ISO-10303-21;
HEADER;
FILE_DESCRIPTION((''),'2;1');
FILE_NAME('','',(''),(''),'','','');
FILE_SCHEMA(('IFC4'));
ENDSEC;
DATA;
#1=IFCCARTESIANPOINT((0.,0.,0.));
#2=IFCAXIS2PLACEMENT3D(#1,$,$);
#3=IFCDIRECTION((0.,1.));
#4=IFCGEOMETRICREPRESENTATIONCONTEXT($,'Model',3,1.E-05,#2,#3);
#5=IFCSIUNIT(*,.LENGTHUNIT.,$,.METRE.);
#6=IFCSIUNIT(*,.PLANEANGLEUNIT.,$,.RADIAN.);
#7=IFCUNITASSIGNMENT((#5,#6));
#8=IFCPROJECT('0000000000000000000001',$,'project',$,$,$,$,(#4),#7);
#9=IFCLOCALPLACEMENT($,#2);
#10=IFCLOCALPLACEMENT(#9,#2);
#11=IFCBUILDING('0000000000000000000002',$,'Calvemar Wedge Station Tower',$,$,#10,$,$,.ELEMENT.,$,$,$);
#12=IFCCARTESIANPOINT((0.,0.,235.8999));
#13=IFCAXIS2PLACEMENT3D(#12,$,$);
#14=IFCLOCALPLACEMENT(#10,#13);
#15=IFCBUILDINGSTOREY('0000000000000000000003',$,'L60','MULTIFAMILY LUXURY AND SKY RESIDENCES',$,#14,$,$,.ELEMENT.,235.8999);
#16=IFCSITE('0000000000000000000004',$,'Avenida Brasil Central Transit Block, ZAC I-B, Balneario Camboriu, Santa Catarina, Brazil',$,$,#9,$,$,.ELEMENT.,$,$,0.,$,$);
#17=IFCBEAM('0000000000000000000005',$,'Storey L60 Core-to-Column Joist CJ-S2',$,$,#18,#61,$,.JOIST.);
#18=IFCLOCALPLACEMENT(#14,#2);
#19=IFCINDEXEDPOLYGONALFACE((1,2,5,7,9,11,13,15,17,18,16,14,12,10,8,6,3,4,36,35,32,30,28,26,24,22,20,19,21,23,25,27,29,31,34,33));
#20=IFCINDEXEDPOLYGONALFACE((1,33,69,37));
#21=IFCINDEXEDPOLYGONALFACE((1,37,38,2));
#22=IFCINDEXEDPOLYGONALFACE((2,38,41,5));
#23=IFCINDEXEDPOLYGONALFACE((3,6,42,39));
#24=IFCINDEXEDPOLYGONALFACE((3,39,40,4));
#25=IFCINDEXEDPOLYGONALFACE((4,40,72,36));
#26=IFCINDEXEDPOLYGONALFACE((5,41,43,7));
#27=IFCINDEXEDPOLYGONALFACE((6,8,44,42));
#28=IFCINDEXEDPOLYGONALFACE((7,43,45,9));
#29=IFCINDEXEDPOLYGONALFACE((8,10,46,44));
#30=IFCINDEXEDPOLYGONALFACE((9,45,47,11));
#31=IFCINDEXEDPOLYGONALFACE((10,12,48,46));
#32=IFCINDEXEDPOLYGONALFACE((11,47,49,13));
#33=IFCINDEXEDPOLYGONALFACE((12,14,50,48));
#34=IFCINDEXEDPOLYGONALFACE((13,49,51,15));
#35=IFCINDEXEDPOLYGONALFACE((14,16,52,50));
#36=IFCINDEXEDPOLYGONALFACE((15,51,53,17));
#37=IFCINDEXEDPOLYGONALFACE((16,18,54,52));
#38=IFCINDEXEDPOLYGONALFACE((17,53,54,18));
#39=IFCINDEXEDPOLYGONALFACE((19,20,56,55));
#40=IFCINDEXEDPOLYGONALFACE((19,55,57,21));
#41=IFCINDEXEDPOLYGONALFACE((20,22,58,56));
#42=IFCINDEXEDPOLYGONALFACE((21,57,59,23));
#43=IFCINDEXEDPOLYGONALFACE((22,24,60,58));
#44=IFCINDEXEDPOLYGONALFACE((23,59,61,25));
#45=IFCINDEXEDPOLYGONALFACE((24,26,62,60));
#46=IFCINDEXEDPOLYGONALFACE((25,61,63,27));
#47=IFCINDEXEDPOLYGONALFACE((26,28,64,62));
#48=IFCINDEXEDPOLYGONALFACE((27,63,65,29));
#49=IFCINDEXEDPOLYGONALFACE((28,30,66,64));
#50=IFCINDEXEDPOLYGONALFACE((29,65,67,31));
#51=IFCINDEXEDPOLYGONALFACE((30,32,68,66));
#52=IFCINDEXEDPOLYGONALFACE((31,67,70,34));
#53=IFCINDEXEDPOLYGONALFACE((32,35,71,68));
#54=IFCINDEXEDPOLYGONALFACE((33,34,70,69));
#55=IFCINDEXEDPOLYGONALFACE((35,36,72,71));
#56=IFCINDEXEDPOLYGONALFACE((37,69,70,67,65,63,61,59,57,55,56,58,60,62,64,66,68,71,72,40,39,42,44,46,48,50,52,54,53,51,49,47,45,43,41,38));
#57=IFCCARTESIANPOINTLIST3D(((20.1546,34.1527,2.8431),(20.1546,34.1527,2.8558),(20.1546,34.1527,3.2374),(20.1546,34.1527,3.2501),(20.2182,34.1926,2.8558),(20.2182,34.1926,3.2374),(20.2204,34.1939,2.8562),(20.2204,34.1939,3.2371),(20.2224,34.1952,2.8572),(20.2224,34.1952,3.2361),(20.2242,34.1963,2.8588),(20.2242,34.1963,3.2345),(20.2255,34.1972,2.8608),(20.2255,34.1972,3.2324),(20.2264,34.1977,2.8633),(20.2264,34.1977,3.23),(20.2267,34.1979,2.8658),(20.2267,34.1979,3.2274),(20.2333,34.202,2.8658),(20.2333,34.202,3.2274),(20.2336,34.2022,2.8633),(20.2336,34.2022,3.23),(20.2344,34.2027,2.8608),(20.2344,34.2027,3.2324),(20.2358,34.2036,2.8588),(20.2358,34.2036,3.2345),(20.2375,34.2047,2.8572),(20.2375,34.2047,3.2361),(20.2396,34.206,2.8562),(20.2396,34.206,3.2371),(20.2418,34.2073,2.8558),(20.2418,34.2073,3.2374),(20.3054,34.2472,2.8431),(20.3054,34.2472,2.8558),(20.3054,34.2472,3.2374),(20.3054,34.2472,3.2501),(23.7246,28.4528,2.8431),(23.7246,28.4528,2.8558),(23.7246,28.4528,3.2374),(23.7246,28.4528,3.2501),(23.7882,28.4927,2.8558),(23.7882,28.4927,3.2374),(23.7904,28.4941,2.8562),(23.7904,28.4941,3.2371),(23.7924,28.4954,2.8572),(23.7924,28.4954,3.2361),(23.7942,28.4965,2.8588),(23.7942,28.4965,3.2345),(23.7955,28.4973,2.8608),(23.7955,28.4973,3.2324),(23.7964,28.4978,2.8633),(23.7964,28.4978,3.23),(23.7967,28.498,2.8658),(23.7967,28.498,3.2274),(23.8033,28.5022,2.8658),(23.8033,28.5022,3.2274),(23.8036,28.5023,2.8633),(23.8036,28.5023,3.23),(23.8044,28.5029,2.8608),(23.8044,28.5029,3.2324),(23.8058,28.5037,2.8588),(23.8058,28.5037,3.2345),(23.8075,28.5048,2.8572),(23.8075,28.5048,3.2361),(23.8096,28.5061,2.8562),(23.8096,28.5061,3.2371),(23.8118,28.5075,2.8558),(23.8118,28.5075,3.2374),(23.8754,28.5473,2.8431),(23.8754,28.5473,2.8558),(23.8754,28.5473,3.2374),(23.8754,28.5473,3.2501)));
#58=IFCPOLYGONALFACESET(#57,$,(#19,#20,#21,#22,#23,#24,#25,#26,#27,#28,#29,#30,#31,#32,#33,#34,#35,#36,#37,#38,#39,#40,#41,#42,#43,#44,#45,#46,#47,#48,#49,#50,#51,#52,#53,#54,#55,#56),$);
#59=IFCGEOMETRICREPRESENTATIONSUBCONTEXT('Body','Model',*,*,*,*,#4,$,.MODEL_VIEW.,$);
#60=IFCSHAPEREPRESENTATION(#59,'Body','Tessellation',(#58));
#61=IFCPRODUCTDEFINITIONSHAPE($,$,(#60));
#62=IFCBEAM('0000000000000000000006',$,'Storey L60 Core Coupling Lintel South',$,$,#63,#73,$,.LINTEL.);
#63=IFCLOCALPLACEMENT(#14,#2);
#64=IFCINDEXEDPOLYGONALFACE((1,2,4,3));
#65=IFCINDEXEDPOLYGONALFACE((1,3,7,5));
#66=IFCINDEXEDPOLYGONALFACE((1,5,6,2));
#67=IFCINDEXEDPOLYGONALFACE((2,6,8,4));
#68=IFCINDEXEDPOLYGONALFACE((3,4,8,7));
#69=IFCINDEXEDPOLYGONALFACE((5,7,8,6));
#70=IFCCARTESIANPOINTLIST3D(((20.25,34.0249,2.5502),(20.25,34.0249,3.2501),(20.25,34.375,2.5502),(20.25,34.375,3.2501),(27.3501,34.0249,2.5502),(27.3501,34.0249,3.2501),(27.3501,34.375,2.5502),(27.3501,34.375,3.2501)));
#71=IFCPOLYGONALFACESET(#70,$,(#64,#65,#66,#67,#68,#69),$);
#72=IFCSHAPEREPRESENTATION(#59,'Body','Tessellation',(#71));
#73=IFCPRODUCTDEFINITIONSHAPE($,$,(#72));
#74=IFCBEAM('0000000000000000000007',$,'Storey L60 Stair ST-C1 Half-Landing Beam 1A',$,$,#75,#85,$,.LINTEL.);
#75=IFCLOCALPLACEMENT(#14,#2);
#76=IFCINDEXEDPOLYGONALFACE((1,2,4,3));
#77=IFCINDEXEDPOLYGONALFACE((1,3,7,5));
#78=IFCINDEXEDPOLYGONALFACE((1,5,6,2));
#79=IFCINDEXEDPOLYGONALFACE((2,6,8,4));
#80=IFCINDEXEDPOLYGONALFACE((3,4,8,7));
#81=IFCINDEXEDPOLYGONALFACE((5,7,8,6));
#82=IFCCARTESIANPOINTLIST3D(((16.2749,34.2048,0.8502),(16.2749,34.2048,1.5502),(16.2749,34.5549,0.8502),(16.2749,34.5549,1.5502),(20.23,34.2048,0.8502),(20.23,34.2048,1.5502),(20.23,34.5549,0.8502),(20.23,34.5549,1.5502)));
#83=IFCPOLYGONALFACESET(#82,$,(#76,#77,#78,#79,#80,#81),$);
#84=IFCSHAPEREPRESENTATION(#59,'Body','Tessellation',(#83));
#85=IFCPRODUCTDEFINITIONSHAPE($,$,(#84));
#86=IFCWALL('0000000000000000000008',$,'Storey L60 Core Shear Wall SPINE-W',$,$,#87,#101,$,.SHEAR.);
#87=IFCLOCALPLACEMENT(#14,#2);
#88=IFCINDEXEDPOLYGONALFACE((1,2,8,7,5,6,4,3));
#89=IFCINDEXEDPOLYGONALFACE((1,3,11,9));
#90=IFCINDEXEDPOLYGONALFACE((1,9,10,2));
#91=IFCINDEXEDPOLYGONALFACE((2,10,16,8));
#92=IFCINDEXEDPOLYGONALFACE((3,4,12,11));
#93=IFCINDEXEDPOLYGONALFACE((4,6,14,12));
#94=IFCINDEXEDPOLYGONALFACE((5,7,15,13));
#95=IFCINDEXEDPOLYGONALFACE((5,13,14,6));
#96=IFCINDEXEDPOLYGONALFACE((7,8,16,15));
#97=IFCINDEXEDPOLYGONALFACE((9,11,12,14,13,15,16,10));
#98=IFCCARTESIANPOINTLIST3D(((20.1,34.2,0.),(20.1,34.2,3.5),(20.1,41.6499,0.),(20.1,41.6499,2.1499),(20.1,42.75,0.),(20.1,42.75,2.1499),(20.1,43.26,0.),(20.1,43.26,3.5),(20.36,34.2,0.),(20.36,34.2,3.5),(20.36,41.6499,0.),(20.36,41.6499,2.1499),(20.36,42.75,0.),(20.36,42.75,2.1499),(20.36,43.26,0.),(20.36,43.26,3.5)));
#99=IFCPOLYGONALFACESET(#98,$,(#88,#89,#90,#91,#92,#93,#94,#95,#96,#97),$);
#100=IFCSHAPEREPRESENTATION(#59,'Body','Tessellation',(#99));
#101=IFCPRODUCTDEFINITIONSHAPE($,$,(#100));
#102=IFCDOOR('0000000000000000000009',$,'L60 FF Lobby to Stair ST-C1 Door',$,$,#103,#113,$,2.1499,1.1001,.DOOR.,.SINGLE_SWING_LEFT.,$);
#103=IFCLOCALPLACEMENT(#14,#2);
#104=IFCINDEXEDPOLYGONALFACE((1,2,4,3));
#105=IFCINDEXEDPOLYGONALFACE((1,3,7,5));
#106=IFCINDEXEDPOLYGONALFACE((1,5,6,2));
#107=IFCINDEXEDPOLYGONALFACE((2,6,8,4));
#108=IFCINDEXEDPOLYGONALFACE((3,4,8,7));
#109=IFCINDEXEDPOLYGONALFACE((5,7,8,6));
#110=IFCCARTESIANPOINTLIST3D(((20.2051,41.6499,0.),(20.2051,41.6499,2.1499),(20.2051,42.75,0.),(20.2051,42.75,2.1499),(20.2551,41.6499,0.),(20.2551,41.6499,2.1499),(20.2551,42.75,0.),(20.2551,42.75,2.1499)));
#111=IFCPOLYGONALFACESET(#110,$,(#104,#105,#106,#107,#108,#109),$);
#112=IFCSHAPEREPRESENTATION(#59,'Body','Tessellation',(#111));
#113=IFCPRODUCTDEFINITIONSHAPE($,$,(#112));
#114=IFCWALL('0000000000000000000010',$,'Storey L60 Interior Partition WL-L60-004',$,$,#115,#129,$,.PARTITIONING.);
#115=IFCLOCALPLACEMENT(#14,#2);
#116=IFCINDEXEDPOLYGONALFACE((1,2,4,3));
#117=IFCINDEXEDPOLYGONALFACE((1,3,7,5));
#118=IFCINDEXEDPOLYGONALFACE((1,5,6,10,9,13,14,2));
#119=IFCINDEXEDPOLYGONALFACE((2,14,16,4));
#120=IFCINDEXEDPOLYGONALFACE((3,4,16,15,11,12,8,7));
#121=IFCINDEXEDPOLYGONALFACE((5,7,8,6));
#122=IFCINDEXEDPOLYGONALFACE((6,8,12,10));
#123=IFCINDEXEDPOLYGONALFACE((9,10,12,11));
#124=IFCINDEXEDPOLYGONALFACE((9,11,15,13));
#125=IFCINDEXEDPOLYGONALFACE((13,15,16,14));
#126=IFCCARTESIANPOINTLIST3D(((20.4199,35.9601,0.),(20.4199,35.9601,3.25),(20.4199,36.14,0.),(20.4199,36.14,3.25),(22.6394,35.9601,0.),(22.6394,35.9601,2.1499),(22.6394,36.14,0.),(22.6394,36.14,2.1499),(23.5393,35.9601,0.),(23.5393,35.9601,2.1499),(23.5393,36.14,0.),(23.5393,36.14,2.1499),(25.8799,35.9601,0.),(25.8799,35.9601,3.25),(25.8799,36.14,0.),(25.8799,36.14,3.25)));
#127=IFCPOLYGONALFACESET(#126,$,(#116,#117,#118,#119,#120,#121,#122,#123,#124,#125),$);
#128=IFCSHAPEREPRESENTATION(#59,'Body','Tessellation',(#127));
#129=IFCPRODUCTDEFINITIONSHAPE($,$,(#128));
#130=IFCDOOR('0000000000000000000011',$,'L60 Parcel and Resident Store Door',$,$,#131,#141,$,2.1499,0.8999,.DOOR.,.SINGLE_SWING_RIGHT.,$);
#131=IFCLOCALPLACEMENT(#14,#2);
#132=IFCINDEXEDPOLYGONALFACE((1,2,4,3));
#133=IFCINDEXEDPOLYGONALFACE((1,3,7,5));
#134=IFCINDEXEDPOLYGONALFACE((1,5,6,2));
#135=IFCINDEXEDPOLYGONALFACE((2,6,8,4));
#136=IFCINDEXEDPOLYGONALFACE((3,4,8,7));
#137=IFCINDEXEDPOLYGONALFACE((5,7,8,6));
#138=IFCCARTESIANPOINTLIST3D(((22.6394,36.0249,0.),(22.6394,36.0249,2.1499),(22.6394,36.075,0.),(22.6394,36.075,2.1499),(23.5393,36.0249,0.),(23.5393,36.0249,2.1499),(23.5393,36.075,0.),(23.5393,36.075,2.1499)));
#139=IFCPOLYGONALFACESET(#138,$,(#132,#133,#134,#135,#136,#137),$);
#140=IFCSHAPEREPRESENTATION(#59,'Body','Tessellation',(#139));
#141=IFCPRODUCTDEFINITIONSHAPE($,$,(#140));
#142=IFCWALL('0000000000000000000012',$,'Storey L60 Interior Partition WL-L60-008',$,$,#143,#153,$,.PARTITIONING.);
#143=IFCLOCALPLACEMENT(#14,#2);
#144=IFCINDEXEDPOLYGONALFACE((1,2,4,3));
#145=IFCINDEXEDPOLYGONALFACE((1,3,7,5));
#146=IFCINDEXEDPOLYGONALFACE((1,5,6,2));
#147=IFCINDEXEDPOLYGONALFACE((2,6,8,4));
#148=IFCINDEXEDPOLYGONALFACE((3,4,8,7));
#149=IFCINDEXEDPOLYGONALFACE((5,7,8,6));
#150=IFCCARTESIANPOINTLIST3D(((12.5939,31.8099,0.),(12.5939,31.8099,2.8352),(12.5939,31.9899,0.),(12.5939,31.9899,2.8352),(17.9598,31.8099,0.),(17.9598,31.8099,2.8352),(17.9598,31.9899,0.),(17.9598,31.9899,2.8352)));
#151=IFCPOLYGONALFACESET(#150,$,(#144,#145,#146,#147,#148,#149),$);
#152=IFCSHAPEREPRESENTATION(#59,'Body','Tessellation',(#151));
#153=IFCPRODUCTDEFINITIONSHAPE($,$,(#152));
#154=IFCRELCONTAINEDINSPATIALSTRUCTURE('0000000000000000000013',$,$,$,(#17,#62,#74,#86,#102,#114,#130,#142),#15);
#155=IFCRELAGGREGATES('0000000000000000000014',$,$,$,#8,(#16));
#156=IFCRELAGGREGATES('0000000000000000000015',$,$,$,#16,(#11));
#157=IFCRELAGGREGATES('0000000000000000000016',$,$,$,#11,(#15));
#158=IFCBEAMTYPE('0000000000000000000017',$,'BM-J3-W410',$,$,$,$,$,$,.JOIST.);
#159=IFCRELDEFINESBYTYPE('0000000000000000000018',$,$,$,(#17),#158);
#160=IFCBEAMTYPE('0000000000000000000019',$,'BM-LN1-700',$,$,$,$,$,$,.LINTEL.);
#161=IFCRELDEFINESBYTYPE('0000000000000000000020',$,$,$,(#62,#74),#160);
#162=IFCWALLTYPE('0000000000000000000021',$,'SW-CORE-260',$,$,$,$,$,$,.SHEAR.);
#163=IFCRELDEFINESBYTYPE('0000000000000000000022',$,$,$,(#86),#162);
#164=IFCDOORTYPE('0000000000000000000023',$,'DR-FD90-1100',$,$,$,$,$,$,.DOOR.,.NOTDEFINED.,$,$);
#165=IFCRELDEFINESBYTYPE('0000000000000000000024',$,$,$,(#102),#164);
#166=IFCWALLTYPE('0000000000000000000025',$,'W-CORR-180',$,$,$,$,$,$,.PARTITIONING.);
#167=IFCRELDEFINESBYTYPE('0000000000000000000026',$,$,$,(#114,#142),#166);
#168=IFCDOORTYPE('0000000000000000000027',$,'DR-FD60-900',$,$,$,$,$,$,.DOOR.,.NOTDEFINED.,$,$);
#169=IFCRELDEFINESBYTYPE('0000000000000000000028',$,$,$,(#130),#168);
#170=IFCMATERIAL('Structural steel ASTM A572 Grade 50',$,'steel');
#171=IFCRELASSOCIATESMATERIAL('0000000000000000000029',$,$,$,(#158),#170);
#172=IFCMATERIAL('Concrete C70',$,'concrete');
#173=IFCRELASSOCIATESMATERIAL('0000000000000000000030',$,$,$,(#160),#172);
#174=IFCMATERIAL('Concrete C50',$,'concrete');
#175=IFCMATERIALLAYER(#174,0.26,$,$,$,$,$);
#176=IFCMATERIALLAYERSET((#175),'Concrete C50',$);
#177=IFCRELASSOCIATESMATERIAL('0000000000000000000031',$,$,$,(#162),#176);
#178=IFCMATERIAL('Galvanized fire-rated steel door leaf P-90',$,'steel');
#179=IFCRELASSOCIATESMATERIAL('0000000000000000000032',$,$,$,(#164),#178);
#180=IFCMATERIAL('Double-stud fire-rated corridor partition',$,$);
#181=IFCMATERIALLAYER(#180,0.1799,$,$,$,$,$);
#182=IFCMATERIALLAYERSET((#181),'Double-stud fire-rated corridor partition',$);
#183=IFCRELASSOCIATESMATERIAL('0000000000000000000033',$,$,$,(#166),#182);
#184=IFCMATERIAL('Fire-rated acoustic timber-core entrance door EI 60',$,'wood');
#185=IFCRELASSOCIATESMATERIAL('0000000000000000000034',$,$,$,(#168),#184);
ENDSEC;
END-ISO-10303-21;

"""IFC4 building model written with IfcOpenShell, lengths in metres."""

from ifc_helpers import new_model, si_unit, direction, frame, frame_2d, origin, origin_2d, place, context, subcontext, project, spatial, rectangle, i_section, extrude, source, transform, mapped, material, layer, layer_set, material_profile, profile_set, type_object, element, fill, save


model = new_model("IFC4")

# Units and contexts
model_context = context("Model", 3, precision=1e-05, world=origin(), true_north=direction((0.0, 1.0)))
body_context = subcontext(model_context, "Body", "Model", "MODEL_VIEW")
ifc_project = project(units=[si_unit("LENGTHUNIT", "METRE"), si_unit("PLANEANGLEUNIT", "RADIAN")], contexts=[model_context])

# Site, building, storey
site_placement = place(None, origin())
site = spatial("IfcSite", under=ifc_project, at=site_placement, Name="Avenida Brasil Central Transit Block, ZAC I-B, Balneario Camboriu, Santa Catarina, Brazil", CompositionType="ELEMENT", RefElevation=0.0)
building_placement = place(site_placement, origin())
building = spatial("IfcBuilding", under=site, at=building_placement, Name="Calvemar Wedge Station Tower", CompositionType="ELEMENT")
storey_placement = place(building_placement, frame((0.0, 0.0, 235.8999)))
storey = spatial("IfcBuildingStorey", under=building, at=storey_placement, Name="L60", Description="MULTIFAMILY LUXURY AND SKY RESIDENCES", CompositionType="ELEMENT", Elevation=235.8999)

# Beams
ifc_material_1 = material(Name="Structural steel ASTM A572 Grade 50", Category="steel")
ifc_material_profile_1 = material_profile(ifc_material_1, i_section(OverallWidth=0.178, OverallDepth=0.407, WebThickness=0.0078, FlangeThickness=0.0127, FilletRadius=0.01, at=origin_2d()), Name="W410x60")
ifc_profile_set_1 = profile_set([ifc_material_profile_1], Name="Structural steel ASTM A572 Grade 50")
beam_type_1 = type_object("IfcBeamType", Name="BM-J3-W410", PredefinedType="JOIST", material=ifc_profile_set_1)
shared_shape_1 = source(origin(), body_context, "Body", "SweptSolid", [
    extrude(i_section(OverallWidth=0.178, OverallDepth=0.407, WebThickness=0.0078, FlangeThickness=0.0127, FilletRadius=0.01, at=origin_2d()), origin(), (0.0, 0.0, 1.0), 6.7256),
])
beam_1_placement = place(storey_placement, frame((20.23, 34.2, 3.0466), z_axis=(0.530811, -0.84749, 0.0), x_axis=(0.84749, 0.530811, 0.0)))
element("IfcBeam", 1, at=beam_1_placement, inside=storey, type_object=beam_type_1, Name="Storey L60 Core-to-Column Joist CJ-S2", PredefinedType="JOIST", context=body_context, shape_type="MappedRepresentation", body=[
    mapped(shared_shape_1, transform((0.0, 0.0, 0.0), scale=1.0)),
])
ifc_material_2 = material(Name="Concrete C70", Category="concrete")
ifc_material_profile_2 = material_profile(ifc_material_2, rectangle(XDim=0.3501, YDim=0.7, at=origin_2d()), Name="RC350x700")
ifc_profile_set_2 = profile_set([ifc_material_profile_2], Name="Concrete C70")
beam_type_2 = type_object("IfcBeamType", Name="BM-LN1-700", PredefinedType="LINTEL", material=ifc_profile_set_2)
shared_shape_2 = source(origin(), body_context, "Body", "SweptSolid", [
    extrude(rectangle(XDim=0.3501, YDim=0.7, at=origin_2d()), origin(), (0.0, 0.0, 1.0), 7.1001),
])
beam_2_placement = place(storey_placement, frame((20.25, 34.2, 2.9001), z_axis=(1.0, 0.0, 0.0), x_axis=(0.0, 1.0, 0.0)))
element("IfcBeam", 2, at=beam_2_placement, inside=storey, type_object=beam_type_2, Name="Storey L60 Core Coupling Lintel South", PredefinedType="LINTEL", context=body_context, shape_type="MappedRepresentation", body=[
    mapped(shared_shape_2, transform((0.0, 0.0, 0.0), scale=1.0)),
])
shared_shape_3 = source(origin(), body_context, "Body", "SweptSolid", [
    extrude(rectangle(XDim=0.3501, YDim=0.7, at=origin_2d()), origin(), (0.0, 0.0, 1.0), 3.9551),
])
beam_3_placement = place(storey_placement, frame((16.2749, 34.3799, 1.2002), z_axis=(1.0, 0.0, 0.0), x_axis=(0.0, 1.0, 0.0)))
element("IfcBeam", 3, at=beam_3_placement, inside=storey, type_object=beam_type_2, Name="Storey L60 Stair ST-C1 Half-Landing Beam 1A", PredefinedType="LINTEL", context=body_context, shape_type="MappedRepresentation", body=[
    mapped(shared_shape_3, transform((0.0, 0.0, 0.0), scale=1.0)),
])

# Walls, openings, doors
ifc_material_3 = material(Name="Concrete C50", Category="concrete")
ifc_layer_1 = layer(ifc_material_3, 0.26)
ifc_layer_set_1 = layer_set([ifc_layer_1], Name="Concrete C50")
wall_type_1 = type_object("IfcWallType", Name="SW-CORE-260", PredefinedType="SHEAR", material=ifc_layer_set_1)
wall_1_placement = place(storey_placement, frame((20.23, 34.2, 0.0), z_axis=(0.0, 0.0, 1.0), x_axis=(0.0, 1.0, 0.0)))
wall_1 = element("IfcWall", 4, at=wall_1_placement, inside=storey, type_object=wall_type_1, Name="Storey L60 Core Shear Wall SPINE-W", PredefinedType="SHEAR", context=body_context, shape_type="SweptSolid", body=[
    extrude(rectangle(XDim=9.0601, YDim=0.26, at=frame_2d((4.53, 0.0))), origin(), (0.0, 0.0, 1.0), 3.5),
])
shared_shape_4 = source(origin(), body_context, "Body", "SweptSolid", [
    extrude(rectangle(XDim=1.1001, YDim=2.1499, at=frame_2d((0.55, 1.075))), frame((0.0, 0.1401, 0.0), z_axis=(0.0, -1.0, 0.0), x_axis=(1.0, 0.0, 0.0)), (0.0, 0.0, 1.0), 0.28),
])
opening_1_placement = place(wall_1_placement, frame((7.45, 0.0, 0.0)))
opening_1 = element("IfcOpeningElement", 5, at=opening_1_placement, cuts=wall_1, PredefinedType="OPENING", context=body_context, shape_type="MappedRepresentation", body=[
    mapped(shared_shape_4, transform((0.0, 0.0, 0.0), scale=1.0)),
])
ifc_material_4 = material(Name="Galvanized fire-rated steel door leaf P-90", Category="steel")
door_type_1 = type_object("IfcDoorType", Name="DR-FD90-1100", OperationType="NOTDEFINED", PredefinedType="DOOR", material=ifc_material_4)
shared_shape_5 = source(origin(), body_context, "Body", "SweptSolid", [
    extrude(rectangle(XDim=1.1001, YDim=2.1499, at=frame_2d((0.55, 1.075))), frame((0.0, 0.0249, 0.0), z_axis=(0.0, -1.0, 0.0), x_axis=(1.0, 0.0, 0.0)), (0.0, 0.0, 1.0), 0.05),
])
door_1_placement = place(opening_1_placement, origin())
door_1 = element("IfcDoor", 6, at=door_1_placement, inside=storey, type_object=door_type_1, Name="L60 FF Lobby to Stair ST-C1 Door", OperationType="SINGLE_SWING_LEFT", OverallHeight=2.1499, OverallWidth=1.1001, PredefinedType="DOOR", context=body_context, shape_type="MappedRepresentation", body=[
    mapped(shared_shape_5, transform((0.0, 0.0, 0.0), scale=1.0)),
])
fill(opening_1, door_1)
ifc_material_5 = material(Name="Double-stud fire-rated corridor partition")
ifc_layer_2 = layer(ifc_material_5, 0.1799)
ifc_layer_set_2 = layer_set([ifc_layer_2], Name="Double-stud fire-rated corridor partition")
wall_type_2 = type_object("IfcWallType", Name="W-CORR-180", PredefinedType="PARTITIONING", material=ifc_layer_set_2)
wall_2_placement = place(storey_placement, frame((20.4199, 36.05, 0.0), z_axis=(0.0, 0.0, 1.0), x_axis=(1.0, 0.0, 0.0)))
wall_2 = element("IfcWall", 7, at=wall_2_placement, inside=storey, type_object=wall_type_2, Name="Storey L60 Interior Partition WL-L60-004", PredefinedType="PARTITIONING", context=body_context, shape_type="SweptSolid", body=[
    extrude(rectangle(XDim=5.46, YDim=0.1799, at=frame_2d((2.73, 0.0))), origin(), (0.0, 0.0, 1.0), 3.25),
])
shared_shape_6 = source(origin(), body_context, "Body", "SweptSolid", [
    extrude(rectangle(XDim=0.8999, YDim=2.1499, at=frame_2d((0.45, 1.075))), frame((0.0, 0.1001, 0.0), z_axis=(0.0, -1.0, 0.0), x_axis=(1.0, 0.0, 0.0)), (0.0, 0.0, 1.0), 0.2),
])
opening_2_placement = place(wall_2_placement, frame((2.2195, 0.0, 0.0)))
opening_2 = element("IfcOpeningElement", 8, at=opening_2_placement, cuts=wall_2, PredefinedType="OPENING", context=body_context, shape_type="MappedRepresentation", body=[
    mapped(shared_shape_6, transform((0.0, 0.0, 0.0), scale=1.0)),
])
ifc_material_6 = material(Name="Fire-rated acoustic timber-core entrance door EI 60", Category="wood")
door_type_2 = type_object("IfcDoorType", Name="DR-FD60-900", OperationType="NOTDEFINED", PredefinedType="DOOR", material=ifc_material_6)
shared_shape_7 = source(origin(), body_context, "Body", "SweptSolid", [
    extrude(rectangle(XDim=0.8999, YDim=2.1499, at=frame_2d((0.45, 1.075))), frame((0.0, 0.0249, 0.0), z_axis=(0.0, -1.0, 0.0), x_axis=(1.0, 0.0, 0.0)), (0.0, 0.0, 1.0), 0.05),
])
door_2_placement = place(opening_2_placement, origin())
door_2 = element("IfcDoor", 9, at=door_2_placement, inside=storey, type_object=door_type_2, Name="L60 Parcel and Resident Store Door", OperationType="SINGLE_SWING_RIGHT", OverallHeight=2.1499, OverallWidth=0.8999, PredefinedType="DOOR", context=body_context, shape_type="MappedRepresentation", body=[
    mapped(shared_shape_7, transform((0.0, 0.0, 0.0), scale=1.0)),
])
fill(opening_2, door_2)

# Wall
wall_3_placement = place(storey_placement, frame((17.96, 31.8999, 0.0), z_axis=(0.0, 0.0, 1.0), x_axis=(-1.0, 0.0, 0.0)))
element("IfcWall", 10, at=wall_3_placement, inside=storey, type_object=wall_type_2, Name="Storey L60 Interior Partition WL-L60-008", PredefinedType="PARTITIONING", context=body_context, shape_type="SweptSolid", body=[
    extrude(rectangle(XDim=5.366, YDim=0.1799, at=frame_2d((2.6831, 0.0))), origin(), (0.0, 0.0, 1.0), 2.8352),
])

save(model, "model.ifc")
